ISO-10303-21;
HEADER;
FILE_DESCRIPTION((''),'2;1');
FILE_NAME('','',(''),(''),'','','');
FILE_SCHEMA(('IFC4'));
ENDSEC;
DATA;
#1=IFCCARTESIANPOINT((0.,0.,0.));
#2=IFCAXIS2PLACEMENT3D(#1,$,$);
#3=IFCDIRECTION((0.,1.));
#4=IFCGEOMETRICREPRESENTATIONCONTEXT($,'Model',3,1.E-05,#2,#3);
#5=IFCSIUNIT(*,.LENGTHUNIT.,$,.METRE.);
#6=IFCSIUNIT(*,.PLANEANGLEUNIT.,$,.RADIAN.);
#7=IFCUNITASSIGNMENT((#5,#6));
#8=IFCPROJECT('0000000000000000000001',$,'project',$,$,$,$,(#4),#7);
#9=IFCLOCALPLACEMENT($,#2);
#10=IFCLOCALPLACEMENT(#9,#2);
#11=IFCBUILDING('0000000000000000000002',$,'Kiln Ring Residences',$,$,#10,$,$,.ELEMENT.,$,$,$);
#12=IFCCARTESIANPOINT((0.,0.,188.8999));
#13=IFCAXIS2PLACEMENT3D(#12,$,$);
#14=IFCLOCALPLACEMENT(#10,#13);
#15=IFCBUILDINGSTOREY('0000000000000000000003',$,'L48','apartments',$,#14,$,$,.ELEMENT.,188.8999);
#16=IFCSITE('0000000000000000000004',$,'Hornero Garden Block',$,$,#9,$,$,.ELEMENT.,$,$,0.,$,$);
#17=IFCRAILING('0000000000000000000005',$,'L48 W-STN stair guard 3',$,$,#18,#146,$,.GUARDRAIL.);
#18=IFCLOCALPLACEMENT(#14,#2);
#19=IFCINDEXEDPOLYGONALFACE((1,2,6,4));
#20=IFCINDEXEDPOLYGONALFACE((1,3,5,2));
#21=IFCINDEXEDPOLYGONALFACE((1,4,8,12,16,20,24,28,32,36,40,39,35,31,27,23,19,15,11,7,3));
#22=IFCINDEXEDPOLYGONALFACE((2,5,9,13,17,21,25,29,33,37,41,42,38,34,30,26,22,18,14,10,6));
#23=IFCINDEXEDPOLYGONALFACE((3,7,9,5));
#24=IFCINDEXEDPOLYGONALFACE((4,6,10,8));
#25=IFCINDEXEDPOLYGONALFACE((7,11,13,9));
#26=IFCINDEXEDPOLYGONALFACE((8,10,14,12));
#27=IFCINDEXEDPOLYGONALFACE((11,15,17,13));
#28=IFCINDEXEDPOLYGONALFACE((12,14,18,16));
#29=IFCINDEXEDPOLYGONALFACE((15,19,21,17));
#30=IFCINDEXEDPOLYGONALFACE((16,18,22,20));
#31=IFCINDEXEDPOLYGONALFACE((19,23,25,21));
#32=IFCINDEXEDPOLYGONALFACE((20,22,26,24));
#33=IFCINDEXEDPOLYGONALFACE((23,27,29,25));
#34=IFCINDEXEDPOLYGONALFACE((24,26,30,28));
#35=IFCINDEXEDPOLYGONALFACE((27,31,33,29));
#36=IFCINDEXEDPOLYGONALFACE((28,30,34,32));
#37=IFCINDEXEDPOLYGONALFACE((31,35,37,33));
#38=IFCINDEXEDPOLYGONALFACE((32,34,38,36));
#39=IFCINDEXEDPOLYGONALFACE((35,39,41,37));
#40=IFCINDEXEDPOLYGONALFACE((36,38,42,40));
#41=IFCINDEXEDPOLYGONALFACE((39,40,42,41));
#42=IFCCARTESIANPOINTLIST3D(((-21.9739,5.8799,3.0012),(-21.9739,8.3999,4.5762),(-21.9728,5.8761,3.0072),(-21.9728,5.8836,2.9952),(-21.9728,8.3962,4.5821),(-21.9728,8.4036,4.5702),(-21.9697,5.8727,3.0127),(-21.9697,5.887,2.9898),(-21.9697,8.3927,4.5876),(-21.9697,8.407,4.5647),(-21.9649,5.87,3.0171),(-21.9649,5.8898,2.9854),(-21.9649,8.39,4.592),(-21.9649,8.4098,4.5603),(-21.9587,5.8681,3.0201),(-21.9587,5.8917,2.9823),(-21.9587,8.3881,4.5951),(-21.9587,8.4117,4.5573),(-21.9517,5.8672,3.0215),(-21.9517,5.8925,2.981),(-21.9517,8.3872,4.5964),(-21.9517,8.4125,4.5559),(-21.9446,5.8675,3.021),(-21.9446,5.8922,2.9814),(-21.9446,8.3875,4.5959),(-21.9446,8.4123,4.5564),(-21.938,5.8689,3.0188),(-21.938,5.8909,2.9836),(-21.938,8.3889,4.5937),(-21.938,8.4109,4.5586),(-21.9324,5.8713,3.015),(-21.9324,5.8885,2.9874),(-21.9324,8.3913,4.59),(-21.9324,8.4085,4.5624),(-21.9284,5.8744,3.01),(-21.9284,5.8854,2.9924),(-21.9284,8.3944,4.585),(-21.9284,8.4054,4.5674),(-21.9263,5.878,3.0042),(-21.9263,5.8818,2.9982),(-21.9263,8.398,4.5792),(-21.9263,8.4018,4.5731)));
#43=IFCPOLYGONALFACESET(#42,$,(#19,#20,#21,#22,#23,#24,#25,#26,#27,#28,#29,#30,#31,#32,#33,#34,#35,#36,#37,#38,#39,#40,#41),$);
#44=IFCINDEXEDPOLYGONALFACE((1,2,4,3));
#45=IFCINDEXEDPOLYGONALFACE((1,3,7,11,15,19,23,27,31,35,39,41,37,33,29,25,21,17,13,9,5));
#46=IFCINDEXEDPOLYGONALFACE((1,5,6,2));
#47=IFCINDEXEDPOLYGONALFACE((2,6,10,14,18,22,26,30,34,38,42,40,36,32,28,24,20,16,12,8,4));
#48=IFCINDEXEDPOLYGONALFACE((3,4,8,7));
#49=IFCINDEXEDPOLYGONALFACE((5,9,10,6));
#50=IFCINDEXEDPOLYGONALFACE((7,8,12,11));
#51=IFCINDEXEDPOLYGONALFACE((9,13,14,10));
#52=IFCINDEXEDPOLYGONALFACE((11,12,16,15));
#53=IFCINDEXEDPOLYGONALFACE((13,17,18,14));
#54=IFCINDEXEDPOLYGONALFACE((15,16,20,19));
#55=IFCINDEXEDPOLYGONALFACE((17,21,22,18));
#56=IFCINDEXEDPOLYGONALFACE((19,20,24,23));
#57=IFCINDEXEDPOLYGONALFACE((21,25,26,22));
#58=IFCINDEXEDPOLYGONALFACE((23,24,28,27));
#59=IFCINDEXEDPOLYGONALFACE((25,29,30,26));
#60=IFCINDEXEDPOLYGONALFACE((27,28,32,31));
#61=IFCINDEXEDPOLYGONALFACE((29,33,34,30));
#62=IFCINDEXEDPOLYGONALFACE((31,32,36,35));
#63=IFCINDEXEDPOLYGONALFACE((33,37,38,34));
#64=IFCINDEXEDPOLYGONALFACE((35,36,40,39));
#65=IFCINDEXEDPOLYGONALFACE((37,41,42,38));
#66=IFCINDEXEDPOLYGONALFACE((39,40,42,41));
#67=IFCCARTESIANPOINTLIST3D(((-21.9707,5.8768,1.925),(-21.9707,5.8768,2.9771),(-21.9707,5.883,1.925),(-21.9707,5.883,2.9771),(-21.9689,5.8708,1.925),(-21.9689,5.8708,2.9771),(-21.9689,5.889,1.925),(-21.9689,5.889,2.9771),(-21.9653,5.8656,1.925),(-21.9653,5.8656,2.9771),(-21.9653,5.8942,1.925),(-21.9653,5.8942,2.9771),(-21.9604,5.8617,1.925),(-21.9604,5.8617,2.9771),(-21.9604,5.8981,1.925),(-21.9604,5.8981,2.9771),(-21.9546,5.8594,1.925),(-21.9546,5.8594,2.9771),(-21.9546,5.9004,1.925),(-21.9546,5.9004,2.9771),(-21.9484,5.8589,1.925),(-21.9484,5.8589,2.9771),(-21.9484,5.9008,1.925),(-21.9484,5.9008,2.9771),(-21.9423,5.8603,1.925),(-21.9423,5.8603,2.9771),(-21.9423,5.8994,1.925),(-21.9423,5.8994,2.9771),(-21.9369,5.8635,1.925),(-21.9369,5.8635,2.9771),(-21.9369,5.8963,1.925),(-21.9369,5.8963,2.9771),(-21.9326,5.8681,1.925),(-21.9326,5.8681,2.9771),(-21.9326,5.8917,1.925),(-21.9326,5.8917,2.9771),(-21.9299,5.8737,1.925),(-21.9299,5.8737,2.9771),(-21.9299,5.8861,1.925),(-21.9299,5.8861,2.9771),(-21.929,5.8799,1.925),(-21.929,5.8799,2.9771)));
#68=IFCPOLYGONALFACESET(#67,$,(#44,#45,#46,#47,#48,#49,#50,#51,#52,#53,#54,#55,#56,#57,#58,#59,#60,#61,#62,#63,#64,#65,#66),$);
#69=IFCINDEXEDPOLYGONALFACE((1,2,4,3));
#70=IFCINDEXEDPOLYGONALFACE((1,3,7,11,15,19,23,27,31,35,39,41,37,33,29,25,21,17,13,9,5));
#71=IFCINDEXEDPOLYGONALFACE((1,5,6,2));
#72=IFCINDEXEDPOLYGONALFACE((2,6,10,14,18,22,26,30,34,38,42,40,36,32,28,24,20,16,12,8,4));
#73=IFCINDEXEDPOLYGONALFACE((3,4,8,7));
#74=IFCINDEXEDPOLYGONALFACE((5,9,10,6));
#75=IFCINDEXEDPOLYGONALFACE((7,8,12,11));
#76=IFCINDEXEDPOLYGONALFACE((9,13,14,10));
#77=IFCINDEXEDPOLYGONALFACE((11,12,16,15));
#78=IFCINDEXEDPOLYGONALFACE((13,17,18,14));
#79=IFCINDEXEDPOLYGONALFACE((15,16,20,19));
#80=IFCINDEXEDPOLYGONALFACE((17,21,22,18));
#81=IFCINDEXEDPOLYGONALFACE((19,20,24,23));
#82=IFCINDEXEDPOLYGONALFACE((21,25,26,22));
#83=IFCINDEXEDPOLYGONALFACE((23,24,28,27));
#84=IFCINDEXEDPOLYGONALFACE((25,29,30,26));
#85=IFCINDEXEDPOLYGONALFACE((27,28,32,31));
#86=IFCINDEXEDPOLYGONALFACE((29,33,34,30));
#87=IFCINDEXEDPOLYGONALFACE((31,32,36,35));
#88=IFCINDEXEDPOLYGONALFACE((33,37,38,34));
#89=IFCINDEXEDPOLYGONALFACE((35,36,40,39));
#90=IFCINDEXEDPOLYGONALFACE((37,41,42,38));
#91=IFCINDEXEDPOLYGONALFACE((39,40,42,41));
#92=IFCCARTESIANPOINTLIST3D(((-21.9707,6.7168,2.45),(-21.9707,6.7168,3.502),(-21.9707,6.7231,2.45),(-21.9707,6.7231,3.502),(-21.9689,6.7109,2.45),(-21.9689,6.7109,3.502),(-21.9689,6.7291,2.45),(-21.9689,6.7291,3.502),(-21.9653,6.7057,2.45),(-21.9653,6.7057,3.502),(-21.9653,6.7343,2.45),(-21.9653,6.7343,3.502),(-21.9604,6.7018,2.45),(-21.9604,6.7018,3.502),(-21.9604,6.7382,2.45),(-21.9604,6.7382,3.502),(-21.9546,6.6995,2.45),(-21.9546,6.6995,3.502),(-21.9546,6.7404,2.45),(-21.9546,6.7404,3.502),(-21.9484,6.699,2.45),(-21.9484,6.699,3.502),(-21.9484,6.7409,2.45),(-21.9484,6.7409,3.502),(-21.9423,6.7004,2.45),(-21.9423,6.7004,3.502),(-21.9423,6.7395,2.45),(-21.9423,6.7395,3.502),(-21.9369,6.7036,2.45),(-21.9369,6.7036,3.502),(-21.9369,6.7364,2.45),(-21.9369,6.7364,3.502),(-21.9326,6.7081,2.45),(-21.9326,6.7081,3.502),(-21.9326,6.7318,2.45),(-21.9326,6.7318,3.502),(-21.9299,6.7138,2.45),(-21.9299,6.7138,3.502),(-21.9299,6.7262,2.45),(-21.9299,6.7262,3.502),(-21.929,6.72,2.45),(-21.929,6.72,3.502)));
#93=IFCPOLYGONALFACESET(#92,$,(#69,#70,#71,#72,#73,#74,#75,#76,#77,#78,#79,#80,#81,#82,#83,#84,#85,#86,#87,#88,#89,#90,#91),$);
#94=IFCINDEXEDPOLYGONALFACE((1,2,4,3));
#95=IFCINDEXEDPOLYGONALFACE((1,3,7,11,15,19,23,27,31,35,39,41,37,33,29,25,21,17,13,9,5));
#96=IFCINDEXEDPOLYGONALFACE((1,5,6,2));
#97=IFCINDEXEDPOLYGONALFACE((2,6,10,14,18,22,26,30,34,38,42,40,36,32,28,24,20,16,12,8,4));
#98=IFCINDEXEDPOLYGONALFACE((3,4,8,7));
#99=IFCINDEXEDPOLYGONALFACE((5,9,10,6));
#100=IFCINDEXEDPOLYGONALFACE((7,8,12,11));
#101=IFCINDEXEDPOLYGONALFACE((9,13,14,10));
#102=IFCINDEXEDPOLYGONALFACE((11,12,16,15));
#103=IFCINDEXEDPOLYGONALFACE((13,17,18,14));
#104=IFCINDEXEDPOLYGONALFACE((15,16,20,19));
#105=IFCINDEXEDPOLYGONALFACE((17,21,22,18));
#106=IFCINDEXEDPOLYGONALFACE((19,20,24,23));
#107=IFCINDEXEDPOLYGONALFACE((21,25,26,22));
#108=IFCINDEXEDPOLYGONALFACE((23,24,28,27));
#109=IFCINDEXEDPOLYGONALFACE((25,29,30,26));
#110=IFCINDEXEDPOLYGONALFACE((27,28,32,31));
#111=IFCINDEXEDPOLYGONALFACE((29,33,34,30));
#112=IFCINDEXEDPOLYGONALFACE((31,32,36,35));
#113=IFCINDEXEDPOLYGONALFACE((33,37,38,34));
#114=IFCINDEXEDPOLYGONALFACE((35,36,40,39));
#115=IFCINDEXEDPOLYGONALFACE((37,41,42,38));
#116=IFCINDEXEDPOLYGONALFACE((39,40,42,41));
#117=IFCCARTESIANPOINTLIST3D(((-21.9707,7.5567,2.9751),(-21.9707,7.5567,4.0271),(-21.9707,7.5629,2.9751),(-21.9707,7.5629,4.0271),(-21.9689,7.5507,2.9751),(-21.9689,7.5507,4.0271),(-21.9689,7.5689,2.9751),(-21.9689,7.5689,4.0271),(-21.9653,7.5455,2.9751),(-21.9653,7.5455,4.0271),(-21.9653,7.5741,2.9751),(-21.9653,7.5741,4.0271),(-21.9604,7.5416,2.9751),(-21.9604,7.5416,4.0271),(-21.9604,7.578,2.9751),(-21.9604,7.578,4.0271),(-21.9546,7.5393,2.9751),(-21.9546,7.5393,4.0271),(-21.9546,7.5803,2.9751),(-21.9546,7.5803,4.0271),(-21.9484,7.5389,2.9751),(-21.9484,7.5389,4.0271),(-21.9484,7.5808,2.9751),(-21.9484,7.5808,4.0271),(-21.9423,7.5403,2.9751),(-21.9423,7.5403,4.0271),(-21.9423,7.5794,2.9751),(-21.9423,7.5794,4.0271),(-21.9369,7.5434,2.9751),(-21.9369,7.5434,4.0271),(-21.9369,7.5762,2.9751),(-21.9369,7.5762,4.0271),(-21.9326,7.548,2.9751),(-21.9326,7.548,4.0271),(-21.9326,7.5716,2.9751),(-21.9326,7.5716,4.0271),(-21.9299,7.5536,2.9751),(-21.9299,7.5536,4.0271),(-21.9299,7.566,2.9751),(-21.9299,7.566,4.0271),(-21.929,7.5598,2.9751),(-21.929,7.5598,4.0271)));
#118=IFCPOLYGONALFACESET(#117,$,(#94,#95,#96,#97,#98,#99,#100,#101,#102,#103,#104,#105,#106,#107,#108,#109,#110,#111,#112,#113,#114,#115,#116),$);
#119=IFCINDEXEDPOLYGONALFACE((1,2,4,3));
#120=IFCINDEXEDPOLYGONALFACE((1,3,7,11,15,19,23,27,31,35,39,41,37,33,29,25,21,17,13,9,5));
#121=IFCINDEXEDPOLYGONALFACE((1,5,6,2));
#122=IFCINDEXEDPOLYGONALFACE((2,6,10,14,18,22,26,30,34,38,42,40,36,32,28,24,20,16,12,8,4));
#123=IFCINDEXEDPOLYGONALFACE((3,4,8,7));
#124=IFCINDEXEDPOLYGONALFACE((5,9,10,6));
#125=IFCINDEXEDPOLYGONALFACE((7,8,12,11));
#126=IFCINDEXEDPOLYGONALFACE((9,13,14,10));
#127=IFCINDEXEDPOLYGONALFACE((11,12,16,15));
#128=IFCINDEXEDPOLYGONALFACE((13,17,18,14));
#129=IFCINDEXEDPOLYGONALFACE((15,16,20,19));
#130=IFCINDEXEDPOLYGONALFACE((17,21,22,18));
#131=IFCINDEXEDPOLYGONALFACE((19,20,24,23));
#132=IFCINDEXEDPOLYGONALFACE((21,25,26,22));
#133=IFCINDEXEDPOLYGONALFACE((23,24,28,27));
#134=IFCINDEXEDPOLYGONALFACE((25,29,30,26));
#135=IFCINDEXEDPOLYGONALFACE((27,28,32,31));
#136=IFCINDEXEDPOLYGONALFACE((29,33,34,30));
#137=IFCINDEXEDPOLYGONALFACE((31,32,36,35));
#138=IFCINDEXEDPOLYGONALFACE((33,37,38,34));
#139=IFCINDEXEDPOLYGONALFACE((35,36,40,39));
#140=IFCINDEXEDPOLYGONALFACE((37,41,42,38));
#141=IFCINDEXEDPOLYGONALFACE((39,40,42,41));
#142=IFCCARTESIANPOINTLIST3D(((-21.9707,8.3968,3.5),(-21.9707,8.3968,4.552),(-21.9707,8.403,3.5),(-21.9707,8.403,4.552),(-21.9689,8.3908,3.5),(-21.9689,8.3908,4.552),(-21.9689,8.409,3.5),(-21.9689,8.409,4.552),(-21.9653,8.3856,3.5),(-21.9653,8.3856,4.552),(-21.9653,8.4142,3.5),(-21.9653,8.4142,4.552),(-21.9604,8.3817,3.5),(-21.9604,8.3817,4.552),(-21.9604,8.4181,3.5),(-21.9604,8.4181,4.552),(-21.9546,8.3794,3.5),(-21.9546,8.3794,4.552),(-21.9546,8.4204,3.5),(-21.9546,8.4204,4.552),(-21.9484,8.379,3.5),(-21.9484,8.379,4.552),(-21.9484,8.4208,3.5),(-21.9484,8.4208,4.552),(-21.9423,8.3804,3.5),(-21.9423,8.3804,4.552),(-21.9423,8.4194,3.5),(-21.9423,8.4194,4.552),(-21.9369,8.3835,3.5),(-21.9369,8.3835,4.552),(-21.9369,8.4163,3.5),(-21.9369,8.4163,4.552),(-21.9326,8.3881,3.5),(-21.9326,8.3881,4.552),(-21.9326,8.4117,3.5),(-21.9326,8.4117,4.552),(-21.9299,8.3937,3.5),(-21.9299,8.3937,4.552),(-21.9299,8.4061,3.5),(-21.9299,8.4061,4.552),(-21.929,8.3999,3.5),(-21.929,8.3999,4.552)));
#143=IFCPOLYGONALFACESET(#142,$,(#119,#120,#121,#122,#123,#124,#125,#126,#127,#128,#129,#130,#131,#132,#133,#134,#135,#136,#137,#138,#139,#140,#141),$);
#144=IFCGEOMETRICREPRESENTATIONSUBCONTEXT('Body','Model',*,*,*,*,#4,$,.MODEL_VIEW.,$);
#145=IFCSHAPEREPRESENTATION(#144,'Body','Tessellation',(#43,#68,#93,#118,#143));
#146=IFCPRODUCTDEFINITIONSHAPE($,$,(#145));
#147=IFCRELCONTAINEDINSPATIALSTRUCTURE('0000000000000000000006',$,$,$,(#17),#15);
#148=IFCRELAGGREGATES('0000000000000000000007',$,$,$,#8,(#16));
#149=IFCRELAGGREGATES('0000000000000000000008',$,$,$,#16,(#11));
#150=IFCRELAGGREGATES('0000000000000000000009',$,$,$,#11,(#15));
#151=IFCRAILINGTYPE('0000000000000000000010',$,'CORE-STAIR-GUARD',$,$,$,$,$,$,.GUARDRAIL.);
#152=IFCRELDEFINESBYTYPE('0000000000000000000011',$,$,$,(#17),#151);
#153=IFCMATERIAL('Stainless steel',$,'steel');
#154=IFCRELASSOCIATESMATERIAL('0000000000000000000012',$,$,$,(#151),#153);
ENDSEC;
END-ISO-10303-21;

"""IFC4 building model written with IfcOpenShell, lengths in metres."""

from ifc_helpers import new_model, si_unit, direction, frame, origin, origin_2d, place, context, subcontext, project, spatial, circle, extrude, material, type_object, element, save


model = new_model("IFC4")

# Units and contexts
model_context = context("Model", 3, precision=1e-05, world=origin(), true_north=direction((0.0, 1.0)))
body_context = subcontext(model_context, "Body", "Model", "MODEL_VIEW")
ifc_project = project(units=[si_unit("LENGTHUNIT", "METRE"), si_unit("PLANEANGLEUNIT", "RADIAN")], contexts=[model_context])

# Site, building, storey
site_placement = place(None, origin())
site = spatial("IfcSite", under=ifc_project, at=site_placement, Name="Hornero Garden Block", CompositionType="ELEMENT", RefElevation=0.0)
building_placement = place(site_placement, origin())
building = spatial("IfcBuilding", under=site, at=building_placement, Name="Kiln Ring Residences", CompositionType="ELEMENT")
storey_placement = place(building_placement, frame((0.0, 0.0, 188.8999)))
storey = spatial("IfcBuildingStorey", under=building, at=storey_placement, Name="L48", Description="apartments", CompositionType="ELEMENT", Elevation=188.8999)

# Railing
ifc_material_1 = material(Name="Stainless steel", Category="steel")
railing_type_1 = type_object("IfcRailingType", Name="CORE-STAIR-GUARD", PredefinedType="GUARDRAIL", material=ifc_material_1)
railing_1_placement = place(storey_placement, frame((-21.95, 5.8799, 1.925)))
element("IfcRailing", 1, at=railing_1_placement, inside=storey, type_object=railing_type_1, Name="L48 W-STN stair guard 3", PredefinedType="GUARDRAIL", context=body_context, shape_type="SweptSolid", body=[
    extrude(circle(Radius=0.0239, at=origin_2d()), frame((0.0, 0.0, 1.0762), z_axis=(0.0, 0.848008, 0.529984), x_axis=(-1.0, 0.0, 0.0)), (0.0, 0.0, 1.0), 2.9717),
    extrude(circle(Radius=0.021, at=origin_2d()), origin(), (0.0, 0.0, 1.0), 1.052),
    extrude(circle(Radius=0.021, at=origin_2d()), frame((0.0, 0.8401, 0.5249)), (0.0, 0.0, 1.0), 1.052),
    extrude(circle(Radius=0.021, at=origin_2d()), frame((0.0, 1.6799, 1.05)), (0.0, 0.0, 1.0), 1.052),
    extrude(circle(Radius=0.021, at=origin_2d()), frame((0.0, 2.52, 1.575)), (0.0, 0.0, 1.0), 1.052),
])

save(model, "model.ifc")
